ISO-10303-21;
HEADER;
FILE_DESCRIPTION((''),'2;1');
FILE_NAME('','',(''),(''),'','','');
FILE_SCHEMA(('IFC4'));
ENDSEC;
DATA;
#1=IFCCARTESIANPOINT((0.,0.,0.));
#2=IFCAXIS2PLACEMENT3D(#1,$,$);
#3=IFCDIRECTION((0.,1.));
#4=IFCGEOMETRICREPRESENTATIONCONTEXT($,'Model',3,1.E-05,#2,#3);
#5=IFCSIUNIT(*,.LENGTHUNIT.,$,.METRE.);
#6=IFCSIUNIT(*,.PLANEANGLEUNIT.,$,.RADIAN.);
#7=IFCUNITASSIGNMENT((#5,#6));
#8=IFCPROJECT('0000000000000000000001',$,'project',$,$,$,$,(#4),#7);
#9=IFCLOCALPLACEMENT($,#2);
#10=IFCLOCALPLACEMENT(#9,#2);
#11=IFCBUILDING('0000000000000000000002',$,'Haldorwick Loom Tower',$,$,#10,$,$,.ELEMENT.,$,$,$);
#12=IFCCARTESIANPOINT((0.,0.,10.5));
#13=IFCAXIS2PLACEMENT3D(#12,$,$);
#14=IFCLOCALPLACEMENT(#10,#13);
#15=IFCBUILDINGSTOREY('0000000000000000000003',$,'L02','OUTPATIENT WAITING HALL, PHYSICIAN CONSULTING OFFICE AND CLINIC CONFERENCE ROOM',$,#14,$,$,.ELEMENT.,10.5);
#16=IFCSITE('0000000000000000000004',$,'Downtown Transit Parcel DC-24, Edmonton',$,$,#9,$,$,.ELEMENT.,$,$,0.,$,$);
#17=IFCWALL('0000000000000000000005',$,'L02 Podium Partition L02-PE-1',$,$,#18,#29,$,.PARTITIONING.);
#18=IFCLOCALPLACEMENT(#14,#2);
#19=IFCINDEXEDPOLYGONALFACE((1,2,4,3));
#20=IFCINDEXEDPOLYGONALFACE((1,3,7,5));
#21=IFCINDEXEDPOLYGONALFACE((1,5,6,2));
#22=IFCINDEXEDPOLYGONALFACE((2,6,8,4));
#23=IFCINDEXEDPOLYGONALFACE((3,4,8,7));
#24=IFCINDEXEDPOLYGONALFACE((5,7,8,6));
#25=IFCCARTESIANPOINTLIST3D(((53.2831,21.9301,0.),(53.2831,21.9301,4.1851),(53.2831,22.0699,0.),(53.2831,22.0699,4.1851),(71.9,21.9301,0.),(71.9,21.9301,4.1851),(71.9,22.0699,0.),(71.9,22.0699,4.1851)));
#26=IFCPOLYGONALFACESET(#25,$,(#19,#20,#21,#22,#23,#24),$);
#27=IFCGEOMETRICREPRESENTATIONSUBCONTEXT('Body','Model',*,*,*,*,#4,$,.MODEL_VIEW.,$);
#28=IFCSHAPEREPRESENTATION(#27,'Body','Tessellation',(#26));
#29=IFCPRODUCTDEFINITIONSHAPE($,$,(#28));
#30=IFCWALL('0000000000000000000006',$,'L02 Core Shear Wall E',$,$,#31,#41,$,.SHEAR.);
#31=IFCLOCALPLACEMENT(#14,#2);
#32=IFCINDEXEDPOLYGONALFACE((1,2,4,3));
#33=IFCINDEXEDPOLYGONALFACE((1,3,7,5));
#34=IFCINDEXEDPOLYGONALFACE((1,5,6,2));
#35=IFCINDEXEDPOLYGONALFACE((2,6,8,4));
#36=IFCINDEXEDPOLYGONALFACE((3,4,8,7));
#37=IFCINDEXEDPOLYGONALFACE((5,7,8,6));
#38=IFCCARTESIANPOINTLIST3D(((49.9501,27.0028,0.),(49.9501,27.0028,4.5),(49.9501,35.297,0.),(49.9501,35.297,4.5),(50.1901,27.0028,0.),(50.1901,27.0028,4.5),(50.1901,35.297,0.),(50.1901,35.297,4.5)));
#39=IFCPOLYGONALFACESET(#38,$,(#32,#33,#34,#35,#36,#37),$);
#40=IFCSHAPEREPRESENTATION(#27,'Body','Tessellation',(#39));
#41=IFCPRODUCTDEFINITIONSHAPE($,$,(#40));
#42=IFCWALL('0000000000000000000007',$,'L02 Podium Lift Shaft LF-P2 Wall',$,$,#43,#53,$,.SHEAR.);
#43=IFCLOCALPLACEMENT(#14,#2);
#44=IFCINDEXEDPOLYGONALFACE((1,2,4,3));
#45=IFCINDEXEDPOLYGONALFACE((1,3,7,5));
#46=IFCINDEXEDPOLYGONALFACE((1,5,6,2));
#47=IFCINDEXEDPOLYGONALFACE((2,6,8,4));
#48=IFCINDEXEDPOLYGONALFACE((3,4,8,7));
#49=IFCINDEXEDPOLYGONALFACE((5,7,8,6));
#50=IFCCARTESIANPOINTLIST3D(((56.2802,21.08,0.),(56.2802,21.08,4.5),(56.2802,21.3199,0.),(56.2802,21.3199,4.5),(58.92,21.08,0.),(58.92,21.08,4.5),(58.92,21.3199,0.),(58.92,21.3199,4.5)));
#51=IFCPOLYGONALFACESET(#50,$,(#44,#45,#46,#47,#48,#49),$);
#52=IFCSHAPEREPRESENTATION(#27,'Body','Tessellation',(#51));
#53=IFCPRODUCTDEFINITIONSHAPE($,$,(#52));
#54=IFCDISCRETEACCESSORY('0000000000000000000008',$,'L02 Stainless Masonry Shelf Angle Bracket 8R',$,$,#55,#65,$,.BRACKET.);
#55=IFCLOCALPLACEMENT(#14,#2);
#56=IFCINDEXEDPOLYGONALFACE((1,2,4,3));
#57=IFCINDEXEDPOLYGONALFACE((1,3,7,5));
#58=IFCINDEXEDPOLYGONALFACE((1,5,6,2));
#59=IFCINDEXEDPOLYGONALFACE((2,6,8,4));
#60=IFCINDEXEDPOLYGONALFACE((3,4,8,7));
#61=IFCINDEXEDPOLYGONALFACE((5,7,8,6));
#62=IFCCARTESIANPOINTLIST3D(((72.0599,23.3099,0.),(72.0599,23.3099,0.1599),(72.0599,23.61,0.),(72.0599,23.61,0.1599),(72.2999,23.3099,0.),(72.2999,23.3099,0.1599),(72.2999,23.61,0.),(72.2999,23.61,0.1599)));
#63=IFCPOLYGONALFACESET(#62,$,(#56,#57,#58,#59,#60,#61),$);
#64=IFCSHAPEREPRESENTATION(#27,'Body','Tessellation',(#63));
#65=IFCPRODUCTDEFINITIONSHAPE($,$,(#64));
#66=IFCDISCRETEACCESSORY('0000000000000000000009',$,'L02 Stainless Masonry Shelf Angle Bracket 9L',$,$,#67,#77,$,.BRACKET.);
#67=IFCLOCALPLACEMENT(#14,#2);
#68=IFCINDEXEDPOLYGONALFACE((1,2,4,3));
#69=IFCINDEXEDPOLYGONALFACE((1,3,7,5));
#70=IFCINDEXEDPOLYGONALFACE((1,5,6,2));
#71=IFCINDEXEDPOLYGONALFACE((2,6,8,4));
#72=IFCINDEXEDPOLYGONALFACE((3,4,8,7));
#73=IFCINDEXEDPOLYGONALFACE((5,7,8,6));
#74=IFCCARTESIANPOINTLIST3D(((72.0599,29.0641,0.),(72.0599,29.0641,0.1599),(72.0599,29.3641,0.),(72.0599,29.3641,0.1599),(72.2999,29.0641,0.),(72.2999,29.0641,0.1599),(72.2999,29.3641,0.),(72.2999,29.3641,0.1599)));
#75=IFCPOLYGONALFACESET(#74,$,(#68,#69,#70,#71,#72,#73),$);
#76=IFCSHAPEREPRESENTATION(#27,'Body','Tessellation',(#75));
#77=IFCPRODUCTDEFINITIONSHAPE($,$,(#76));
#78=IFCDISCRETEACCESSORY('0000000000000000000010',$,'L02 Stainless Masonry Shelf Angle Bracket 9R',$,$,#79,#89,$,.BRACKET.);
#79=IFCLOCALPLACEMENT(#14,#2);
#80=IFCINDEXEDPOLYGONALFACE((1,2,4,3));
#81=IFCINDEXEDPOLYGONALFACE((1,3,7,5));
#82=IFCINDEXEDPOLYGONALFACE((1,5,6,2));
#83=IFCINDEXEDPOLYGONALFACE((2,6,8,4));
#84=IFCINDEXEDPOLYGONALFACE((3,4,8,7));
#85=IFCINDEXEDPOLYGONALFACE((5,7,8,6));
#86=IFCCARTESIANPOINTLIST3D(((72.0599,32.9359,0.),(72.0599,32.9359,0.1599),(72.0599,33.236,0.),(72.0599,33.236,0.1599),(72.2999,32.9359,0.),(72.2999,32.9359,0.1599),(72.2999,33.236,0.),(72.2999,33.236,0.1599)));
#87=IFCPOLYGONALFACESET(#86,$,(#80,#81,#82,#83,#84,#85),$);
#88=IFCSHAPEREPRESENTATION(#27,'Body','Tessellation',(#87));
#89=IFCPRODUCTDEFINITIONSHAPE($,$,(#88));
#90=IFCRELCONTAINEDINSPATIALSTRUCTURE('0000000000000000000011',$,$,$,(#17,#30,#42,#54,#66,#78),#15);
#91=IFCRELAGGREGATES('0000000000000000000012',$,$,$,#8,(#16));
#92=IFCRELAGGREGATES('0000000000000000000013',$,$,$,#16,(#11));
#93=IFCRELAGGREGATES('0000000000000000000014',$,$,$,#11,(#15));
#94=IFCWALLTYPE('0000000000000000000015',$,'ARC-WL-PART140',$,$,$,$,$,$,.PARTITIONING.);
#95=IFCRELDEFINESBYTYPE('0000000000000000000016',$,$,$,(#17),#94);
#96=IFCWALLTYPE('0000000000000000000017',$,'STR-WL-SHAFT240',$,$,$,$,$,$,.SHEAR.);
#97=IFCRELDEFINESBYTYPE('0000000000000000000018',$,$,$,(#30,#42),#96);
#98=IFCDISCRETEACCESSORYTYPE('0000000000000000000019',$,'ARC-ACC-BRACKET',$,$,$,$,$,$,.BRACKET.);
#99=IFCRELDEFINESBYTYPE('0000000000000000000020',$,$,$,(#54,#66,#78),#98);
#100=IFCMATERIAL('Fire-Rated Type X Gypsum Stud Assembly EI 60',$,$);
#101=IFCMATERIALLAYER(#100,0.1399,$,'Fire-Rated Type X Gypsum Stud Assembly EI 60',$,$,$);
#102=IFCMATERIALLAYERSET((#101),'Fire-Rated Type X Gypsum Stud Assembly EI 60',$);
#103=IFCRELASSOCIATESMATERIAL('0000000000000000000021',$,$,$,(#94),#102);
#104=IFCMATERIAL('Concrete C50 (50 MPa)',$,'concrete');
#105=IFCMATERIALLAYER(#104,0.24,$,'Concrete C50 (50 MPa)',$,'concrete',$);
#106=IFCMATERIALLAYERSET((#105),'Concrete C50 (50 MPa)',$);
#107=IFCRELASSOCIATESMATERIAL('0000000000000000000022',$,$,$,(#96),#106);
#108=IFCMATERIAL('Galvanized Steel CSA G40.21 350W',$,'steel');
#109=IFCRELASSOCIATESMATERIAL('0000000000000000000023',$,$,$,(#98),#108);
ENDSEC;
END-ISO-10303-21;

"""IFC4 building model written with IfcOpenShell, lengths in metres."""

from ifc_helpers import new_model, si_unit, direction, frame, frame_2d, origin, origin_2d, place, context, subcontext, project, spatial, rectangle, extrude, material, layer, layer_set, type_object, element, save


model = new_model("IFC4")

# Units and contexts
model_context = context("Model", 3, precision=1e-05, world=origin(), true_north=direction((0.0, 1.0)))
body_context = subcontext(model_context, "Body", "Model", "MODEL_VIEW")
ifc_project = project(units=[si_unit("LENGTHUNIT", "METRE"), si_unit("PLANEANGLEUNIT", "RADIAN")], contexts=[model_context])

# Site, building, storey
site_placement = place(None, origin())
site = spatial("IfcSite", under=ifc_project, at=site_placement, Name="Downtown Transit Parcel DC-24, Edmonton", CompositionType="ELEMENT", RefElevation=0.0)
building_placement = place(site_placement, origin())
building = spatial("IfcBuilding", under=site, at=building_placement, Name="Haldorwick Loom Tower", CompositionType="ELEMENT")
storey_placement = place(building_placement, frame((0.0, 0.0, 10.5)))
storey = spatial("IfcBuildingStorey", under=building, at=storey_placement, Name="L02", Description="OUTPATIENT WAITING HALL, PHYSICIAN CONSULTING OFFICE AND CLINIC CONFERENCE ROOM", CompositionType="ELEMENT", Elevation=10.5)

# Walls
ifc_material_1 = material(Name="Fire-Rated Type X Gypsum Stud Assembly EI 60")
ifc_layer_1 = layer(ifc_material_1, 0.1399, Name="Fire-Rated Type X Gypsum Stud Assembly EI 60")
ifc_layer_set_1 = layer_set([ifc_layer_1], Name="Fire-Rated Type X Gypsum Stud Assembly EI 60")
wall_type_1 = type_object("IfcWallType", Name="ARC-WL-PART140", PredefinedType="PARTITIONING", material=ifc_layer_set_1)
wall_1_placement = place(storey_placement, frame((53.283, 22.0, 0.0), z_axis=(0.0, 0.0, 1.0), x_axis=(1.0, 0.0, 0.0)))
element("IfcWall", 1, at=wall_1_placement, inside=storey, type_object=wall_type_1, Name="L02 Podium Partition L02-PE-1", PredefinedType="PARTITIONING", context=body_context, shape_type="SweptSolid", body=[
    extrude(rectangle(XDim=18.6169, YDim=0.1399, at=frame_2d((9.3086, 0.0))), origin(), (0.0, 0.0, 1.0), 4.1851),
])
ifc_material_2 = material(Name="Concrete C50 (50 MPa)", Category="concrete")
ifc_layer_2 = layer(ifc_material_2, 0.24, Name="Concrete C50 (50 MPa)", Category="concrete")
ifc_layer_set_2 = layer_set([ifc_layer_2], Name="Concrete C50 (50 MPa)")
wall_type_2 = type_object("IfcWallType", Name="STR-WL-SHAFT240", PredefinedType="SHEAR", material=ifc_layer_set_2)
wall_2_placement = place(storey_placement, frame((50.0701, 27.0029, 0.0), z_axis=(0.0, 0.0, 1.0), x_axis=(0.0, 1.0, 0.0)))
element("IfcWall", 2, at=wall_2_placement, inside=storey, type_object=wall_type_2, Name="L02 Core Shear Wall E", PredefinedType="SHEAR", context=body_context, shape_type="SweptSolid", body=[
    extrude(rectangle(XDim=8.2942, YDim=0.24, at=frame_2d((4.147, 0.0))), origin(), (0.0, 0.0, 1.0), 4.5),
])
wall_3_placement = place(storey_placement, frame((58.9199, 21.2, 0.0), z_axis=(0.0, 0.0, 1.0), x_axis=(-1.0, 0.0, 0.0)))
element("IfcWall", 3, at=wall_3_placement, inside=storey, type_object=wall_type_2, Name="L02 Podium Lift Shaft LF-P2 Wall", PredefinedType="SHEAR", context=body_context, shape_type="SweptSolid", body=[
    extrude(rectangle(XDim=2.6399, YDim=0.24, at=frame_2d((1.3198, 0.0))), origin(), (0.0, 0.0, 1.0), 4.5),
])

# Discrete accessories
ifc_material_3 = material(Name="Galvanized Steel CSA G40.21 350W", Category="steel")
discrete_accessory_type = type_object("IfcDiscreteAccessoryType", Name="ARC-ACC-BRACKET", PredefinedType="BRACKET", material=ifc_material_3)
for number, where, z_axis, x_axis, name in (
    (4, (72.1799, 23.46, 0.0), (0.0, 0.0, 1.0), (0.0, 1.0, 0.0), "L02 Stainless Masonry Shelf Angle Bracket 8R"),
    (5, (72.1799, 29.2141, 0.0), (0.0, 0.0, 1.0), (0.0, 1.0, 0.0), "L02 Stainless Masonry Shelf Angle Bracket 9L"),
    (6, (72.1799, 33.0859, 0.0), (0.0, 0.0, 1.0), (0.0, 1.0, 0.0), "L02 Stainless Masonry Shelf Angle Bracket 9R"),
):
    element("IfcDiscreteAccessory", number, at=place(storey_placement, frame(where, z_axis=z_axis, x_axis=x_axis)), inside=storey, type_object=discrete_accessory_type, Name=name, PredefinedType="BRACKET", context=body_context, shape_type="SweptSolid", body=[
        extrude(rectangle(XDim=0.3, YDim=0.24, at=origin_2d()), origin(), (0.0, 0.0, 1.0), 0.1599),
    ])

save(model, "model.ifc")
